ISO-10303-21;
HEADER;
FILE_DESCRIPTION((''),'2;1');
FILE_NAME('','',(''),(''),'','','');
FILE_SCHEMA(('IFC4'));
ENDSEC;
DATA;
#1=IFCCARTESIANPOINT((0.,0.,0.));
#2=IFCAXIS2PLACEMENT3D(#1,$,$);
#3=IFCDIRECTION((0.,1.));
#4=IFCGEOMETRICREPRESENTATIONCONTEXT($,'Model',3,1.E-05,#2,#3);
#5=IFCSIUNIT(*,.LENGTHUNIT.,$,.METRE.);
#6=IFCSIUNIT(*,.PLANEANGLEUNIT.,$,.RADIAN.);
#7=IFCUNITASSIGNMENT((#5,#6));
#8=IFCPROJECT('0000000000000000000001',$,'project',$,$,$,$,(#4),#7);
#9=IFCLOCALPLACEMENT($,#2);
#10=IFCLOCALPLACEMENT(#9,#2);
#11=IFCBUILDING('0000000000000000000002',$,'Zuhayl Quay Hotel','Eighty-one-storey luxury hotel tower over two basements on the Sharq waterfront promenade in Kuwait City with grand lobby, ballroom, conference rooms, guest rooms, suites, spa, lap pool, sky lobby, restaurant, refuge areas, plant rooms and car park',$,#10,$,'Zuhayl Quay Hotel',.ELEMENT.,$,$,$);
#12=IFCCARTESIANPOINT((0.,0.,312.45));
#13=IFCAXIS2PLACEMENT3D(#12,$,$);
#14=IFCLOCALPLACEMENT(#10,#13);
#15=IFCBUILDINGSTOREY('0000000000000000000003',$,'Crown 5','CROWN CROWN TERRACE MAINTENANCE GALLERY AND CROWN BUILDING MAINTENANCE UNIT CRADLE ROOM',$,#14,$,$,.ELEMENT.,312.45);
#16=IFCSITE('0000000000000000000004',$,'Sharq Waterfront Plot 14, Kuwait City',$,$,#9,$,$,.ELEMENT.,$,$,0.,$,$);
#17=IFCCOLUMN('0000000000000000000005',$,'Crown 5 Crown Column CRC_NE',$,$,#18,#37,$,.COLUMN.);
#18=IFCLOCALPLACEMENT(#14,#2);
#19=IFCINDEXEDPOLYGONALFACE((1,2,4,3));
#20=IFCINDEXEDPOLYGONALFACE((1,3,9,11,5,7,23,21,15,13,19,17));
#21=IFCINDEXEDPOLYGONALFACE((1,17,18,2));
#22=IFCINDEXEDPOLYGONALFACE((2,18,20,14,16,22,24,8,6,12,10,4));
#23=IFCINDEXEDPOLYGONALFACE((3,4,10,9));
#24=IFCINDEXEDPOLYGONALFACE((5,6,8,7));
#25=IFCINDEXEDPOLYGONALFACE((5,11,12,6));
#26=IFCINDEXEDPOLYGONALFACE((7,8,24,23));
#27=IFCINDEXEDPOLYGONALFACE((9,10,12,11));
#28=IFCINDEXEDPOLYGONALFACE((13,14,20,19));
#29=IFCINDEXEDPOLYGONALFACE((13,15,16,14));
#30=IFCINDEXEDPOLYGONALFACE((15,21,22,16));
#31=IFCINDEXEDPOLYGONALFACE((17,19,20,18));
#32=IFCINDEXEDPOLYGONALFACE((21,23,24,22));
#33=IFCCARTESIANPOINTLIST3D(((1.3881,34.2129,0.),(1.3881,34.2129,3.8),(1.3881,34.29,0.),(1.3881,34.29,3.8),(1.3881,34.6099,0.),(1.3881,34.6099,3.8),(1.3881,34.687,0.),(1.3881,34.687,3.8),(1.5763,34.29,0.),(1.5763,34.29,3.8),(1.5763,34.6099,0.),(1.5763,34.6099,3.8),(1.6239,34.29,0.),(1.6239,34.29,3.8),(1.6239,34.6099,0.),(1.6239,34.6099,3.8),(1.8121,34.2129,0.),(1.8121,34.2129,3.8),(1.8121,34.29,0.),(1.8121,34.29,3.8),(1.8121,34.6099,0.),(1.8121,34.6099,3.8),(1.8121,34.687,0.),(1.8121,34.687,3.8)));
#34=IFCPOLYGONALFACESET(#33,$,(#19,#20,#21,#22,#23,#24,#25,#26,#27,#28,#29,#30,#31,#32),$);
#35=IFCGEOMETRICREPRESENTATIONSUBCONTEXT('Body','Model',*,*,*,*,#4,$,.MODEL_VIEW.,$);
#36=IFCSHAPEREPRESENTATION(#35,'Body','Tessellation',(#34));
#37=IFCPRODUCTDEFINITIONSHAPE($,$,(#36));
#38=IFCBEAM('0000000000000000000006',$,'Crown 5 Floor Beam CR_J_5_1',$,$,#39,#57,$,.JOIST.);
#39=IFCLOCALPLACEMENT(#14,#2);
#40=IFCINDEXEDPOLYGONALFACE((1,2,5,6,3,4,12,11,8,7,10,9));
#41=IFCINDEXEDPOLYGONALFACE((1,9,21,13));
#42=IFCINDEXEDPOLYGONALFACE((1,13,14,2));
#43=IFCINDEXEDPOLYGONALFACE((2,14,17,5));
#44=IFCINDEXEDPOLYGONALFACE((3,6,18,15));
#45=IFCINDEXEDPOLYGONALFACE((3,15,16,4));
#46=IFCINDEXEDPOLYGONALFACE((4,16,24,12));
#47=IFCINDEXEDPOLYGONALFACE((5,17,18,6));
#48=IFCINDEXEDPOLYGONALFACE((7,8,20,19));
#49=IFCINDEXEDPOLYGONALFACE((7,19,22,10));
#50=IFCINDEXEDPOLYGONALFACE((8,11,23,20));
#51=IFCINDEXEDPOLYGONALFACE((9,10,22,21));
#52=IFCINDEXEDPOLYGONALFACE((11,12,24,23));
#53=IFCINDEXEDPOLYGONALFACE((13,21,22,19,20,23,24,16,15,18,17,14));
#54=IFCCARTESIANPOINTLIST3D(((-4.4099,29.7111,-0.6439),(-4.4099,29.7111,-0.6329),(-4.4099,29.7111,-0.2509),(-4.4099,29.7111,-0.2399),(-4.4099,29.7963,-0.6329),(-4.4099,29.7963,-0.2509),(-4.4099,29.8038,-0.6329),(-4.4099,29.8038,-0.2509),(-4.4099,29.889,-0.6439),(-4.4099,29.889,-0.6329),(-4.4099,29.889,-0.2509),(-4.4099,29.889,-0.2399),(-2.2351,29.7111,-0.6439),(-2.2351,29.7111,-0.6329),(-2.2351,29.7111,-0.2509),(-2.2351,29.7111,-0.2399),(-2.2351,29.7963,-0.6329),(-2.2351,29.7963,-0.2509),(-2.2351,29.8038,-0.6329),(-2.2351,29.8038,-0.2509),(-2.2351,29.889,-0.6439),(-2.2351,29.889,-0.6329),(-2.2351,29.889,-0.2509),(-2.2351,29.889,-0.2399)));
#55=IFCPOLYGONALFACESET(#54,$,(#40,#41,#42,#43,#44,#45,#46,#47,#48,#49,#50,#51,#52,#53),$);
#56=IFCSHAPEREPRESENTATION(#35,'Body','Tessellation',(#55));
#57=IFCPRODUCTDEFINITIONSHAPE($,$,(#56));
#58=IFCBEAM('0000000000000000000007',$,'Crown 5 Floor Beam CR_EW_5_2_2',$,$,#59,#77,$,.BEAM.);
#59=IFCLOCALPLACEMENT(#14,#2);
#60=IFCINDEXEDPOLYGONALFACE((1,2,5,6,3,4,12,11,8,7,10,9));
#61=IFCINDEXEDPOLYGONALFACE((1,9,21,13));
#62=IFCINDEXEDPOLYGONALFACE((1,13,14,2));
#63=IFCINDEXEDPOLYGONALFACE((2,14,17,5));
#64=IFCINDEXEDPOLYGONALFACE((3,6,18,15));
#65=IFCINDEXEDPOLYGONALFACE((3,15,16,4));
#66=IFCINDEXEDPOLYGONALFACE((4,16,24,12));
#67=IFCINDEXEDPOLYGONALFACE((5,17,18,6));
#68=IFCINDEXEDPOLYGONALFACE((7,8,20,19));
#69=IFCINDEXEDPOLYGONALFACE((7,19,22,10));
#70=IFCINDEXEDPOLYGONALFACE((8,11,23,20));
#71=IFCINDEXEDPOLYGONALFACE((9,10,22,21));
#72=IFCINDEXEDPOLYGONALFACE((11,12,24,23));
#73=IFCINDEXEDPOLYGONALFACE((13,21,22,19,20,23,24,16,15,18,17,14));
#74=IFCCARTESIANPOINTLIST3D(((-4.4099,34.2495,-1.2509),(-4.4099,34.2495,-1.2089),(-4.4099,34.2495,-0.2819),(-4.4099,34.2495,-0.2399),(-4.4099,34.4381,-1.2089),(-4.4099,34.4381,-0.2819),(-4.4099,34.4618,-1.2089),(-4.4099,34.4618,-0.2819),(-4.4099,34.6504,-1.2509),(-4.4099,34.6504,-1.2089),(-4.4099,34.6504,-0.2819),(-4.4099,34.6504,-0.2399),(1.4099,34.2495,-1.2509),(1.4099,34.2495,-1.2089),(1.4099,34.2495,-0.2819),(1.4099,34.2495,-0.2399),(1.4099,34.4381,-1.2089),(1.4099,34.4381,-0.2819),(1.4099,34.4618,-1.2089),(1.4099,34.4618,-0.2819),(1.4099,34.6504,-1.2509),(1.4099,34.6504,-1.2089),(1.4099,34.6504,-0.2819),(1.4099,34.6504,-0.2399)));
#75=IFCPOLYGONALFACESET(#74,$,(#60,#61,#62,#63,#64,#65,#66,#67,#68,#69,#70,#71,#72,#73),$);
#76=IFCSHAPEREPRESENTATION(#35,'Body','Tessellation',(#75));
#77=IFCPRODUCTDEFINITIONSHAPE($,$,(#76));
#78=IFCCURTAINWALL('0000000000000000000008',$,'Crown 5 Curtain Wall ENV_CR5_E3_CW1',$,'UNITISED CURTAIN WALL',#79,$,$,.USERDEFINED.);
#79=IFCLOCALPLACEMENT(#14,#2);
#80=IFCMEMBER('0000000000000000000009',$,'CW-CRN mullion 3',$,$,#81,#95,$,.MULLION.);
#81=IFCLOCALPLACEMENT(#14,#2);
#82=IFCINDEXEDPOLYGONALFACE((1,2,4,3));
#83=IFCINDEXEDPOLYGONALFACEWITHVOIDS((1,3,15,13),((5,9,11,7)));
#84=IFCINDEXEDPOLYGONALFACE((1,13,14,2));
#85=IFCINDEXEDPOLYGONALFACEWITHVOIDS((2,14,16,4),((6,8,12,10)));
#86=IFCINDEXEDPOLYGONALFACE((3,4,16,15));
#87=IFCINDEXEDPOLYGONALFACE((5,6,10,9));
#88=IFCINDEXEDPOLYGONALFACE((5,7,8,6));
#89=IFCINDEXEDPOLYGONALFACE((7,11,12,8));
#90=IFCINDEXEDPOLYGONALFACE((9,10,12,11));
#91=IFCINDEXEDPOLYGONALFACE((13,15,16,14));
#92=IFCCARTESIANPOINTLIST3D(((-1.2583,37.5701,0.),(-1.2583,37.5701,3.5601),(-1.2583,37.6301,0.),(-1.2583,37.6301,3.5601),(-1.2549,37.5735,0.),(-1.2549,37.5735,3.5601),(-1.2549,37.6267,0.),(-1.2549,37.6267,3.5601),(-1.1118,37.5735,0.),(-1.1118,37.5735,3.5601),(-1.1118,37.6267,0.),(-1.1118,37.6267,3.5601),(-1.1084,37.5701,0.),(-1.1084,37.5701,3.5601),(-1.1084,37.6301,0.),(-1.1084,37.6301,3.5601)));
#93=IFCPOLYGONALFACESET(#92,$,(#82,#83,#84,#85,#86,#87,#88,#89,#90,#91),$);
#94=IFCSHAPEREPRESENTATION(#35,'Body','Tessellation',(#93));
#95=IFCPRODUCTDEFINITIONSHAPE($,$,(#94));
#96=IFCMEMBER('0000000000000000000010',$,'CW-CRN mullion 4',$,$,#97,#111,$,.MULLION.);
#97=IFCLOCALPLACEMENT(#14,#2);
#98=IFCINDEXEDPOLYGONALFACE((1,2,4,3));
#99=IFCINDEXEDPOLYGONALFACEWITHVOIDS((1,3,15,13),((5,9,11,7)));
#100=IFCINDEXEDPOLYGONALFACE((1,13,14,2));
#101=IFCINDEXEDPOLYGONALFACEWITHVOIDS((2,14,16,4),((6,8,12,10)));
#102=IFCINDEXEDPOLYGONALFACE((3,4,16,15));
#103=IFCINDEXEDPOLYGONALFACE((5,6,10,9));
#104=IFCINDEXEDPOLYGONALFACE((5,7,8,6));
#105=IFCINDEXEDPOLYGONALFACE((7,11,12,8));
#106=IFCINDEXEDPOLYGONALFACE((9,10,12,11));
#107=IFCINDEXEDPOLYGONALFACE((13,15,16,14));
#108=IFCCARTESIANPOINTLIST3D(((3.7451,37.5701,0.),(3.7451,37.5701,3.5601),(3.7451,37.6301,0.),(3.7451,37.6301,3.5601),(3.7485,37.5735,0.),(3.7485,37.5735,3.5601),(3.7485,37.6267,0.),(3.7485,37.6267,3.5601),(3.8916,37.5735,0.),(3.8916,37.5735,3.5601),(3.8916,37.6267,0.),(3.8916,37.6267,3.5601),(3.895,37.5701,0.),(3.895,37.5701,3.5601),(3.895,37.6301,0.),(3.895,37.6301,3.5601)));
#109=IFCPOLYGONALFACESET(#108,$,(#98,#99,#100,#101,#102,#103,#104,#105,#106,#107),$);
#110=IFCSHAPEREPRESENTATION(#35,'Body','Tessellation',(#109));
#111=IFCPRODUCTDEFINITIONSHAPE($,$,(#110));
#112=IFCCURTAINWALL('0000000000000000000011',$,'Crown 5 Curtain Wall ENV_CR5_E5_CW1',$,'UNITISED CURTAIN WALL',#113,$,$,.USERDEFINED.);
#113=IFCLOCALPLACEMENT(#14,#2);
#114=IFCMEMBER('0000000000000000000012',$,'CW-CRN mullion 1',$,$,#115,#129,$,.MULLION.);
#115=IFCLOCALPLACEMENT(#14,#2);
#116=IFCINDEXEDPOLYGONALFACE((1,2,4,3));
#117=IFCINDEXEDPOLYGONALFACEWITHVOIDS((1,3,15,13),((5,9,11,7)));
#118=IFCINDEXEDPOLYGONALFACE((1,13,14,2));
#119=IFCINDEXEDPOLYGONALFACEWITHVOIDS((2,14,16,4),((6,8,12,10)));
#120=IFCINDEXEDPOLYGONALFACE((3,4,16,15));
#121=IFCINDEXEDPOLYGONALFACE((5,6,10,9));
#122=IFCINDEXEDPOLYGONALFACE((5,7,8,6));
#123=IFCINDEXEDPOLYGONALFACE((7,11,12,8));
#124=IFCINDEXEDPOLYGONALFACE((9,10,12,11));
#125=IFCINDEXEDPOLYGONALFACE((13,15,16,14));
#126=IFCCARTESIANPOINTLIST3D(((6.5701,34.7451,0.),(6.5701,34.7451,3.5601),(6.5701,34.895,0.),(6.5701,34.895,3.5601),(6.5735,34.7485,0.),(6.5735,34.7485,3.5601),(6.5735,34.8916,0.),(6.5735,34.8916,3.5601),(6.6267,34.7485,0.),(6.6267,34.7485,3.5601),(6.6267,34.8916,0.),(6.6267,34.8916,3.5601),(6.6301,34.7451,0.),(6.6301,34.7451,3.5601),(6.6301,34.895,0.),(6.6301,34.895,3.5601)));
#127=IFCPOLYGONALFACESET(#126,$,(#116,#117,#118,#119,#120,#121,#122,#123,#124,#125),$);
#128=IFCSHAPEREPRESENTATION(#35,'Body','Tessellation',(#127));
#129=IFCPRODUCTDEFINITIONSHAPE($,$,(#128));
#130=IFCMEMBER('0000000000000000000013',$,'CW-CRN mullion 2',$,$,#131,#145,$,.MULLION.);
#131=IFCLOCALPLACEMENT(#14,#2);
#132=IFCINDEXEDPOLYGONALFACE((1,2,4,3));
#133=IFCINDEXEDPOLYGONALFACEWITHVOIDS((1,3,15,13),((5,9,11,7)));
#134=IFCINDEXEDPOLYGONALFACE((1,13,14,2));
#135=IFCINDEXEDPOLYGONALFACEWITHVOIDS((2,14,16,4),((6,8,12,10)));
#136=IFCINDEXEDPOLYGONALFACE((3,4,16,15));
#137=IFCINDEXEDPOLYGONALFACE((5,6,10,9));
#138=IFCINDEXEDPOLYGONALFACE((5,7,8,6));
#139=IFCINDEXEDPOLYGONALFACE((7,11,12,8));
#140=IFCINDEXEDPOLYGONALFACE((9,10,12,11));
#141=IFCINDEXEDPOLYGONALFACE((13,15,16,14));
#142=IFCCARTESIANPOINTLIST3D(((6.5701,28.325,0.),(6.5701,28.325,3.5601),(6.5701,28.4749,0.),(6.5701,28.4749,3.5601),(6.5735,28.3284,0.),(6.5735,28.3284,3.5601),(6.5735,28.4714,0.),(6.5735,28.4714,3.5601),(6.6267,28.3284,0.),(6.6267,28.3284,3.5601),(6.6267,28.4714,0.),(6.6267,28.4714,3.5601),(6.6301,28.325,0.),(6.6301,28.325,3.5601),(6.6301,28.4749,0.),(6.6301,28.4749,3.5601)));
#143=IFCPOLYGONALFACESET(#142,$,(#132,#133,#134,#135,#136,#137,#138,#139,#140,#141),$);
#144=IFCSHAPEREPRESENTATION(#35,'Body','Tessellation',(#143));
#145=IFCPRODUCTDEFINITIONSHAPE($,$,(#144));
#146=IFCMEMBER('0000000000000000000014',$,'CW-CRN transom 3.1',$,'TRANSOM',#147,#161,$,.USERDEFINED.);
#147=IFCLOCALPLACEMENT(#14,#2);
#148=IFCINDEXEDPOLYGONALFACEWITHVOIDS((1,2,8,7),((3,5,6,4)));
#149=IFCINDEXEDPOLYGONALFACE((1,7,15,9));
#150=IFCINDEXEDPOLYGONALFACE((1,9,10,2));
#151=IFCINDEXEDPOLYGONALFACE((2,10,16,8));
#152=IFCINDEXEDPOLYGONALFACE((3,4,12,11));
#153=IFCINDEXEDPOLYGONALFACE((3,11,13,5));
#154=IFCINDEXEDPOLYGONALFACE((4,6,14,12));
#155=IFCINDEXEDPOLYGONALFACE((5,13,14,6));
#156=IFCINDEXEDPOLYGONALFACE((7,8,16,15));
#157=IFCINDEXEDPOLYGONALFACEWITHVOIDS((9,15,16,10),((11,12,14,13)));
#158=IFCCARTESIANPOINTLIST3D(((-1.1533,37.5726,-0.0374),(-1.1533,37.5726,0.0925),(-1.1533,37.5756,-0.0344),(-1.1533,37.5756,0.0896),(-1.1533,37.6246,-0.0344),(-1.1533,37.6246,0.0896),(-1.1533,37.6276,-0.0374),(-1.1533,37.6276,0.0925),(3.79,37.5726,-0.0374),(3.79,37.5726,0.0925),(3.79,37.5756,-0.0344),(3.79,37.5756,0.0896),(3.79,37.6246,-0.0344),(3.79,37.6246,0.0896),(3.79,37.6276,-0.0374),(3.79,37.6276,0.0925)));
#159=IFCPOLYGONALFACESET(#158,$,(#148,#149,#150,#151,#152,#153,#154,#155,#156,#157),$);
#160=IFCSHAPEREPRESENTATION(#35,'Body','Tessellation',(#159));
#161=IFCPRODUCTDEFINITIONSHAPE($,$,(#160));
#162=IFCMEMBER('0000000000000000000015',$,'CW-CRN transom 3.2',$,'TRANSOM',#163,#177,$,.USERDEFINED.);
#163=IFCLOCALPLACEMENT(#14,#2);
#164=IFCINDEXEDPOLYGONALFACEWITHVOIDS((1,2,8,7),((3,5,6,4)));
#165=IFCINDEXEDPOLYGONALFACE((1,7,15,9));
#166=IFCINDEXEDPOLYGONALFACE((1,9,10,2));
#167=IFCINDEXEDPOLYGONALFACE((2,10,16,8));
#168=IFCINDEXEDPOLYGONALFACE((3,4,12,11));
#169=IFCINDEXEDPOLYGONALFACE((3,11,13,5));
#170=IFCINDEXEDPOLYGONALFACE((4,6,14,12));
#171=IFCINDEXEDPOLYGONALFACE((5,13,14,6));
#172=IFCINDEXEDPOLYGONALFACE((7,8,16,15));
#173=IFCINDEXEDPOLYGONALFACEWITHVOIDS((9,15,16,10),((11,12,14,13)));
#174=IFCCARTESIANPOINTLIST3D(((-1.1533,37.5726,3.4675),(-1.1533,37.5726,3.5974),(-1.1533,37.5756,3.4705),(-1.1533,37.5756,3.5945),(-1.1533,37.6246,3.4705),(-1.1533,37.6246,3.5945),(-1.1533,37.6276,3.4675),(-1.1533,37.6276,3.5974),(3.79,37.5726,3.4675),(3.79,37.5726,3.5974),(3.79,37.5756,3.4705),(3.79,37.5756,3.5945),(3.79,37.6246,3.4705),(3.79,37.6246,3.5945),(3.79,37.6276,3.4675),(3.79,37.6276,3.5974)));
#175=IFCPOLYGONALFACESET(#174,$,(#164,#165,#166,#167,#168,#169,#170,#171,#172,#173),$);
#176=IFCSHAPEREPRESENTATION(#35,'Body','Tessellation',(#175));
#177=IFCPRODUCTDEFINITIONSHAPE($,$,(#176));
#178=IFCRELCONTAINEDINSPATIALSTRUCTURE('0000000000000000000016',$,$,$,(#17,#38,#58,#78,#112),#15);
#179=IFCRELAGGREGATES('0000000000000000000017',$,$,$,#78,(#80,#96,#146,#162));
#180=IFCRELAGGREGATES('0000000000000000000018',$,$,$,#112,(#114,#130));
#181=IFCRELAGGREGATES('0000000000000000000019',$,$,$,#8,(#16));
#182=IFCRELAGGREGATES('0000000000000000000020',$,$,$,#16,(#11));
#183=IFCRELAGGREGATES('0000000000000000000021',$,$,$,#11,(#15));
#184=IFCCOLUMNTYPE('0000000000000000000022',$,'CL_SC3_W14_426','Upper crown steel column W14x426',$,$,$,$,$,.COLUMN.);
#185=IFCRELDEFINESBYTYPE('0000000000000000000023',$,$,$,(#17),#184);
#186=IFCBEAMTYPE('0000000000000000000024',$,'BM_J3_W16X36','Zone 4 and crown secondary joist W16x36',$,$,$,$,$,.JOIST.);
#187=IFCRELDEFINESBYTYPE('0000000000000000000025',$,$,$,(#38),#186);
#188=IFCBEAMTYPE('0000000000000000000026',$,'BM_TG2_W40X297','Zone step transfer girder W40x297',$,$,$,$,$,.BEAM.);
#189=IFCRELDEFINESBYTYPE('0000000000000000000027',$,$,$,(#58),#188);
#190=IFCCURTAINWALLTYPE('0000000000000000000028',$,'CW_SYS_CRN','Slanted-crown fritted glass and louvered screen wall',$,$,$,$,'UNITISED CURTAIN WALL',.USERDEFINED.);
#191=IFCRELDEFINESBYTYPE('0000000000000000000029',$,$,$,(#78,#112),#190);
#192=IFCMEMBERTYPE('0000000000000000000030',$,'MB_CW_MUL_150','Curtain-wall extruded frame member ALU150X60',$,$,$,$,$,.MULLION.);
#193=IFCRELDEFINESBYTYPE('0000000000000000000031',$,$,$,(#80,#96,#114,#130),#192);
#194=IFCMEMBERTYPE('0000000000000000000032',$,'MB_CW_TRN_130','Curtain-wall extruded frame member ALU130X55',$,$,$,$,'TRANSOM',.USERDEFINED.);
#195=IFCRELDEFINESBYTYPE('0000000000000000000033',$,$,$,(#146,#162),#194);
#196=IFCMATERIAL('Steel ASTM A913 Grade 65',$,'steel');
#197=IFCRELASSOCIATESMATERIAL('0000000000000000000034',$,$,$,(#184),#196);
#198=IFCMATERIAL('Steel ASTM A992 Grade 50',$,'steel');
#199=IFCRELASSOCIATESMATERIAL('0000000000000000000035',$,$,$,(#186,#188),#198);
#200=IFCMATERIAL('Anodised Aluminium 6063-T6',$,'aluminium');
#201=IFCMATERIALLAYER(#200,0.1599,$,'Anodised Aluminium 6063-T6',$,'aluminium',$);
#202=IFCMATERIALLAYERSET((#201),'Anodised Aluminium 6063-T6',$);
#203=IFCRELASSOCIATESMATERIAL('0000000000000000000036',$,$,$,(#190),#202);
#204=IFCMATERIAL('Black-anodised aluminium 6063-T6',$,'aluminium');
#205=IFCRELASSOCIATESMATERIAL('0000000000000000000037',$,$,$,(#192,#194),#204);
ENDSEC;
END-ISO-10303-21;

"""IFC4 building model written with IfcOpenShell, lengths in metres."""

from ifc_helpers import new_model, si_unit, direction, frame, origin, origin_2d, place, context, subcontext, project, spatial, hollow_rectangle, i_section, extrude, material, layer, layer_set, material_profile, profile_set, type_object, element, aggregate, save


model = new_model("IFC4")

# Units and contexts
model_context = context("Model", 3, precision=1e-05, world=origin(), true_north=direction((0.0, 1.0)))
body_context = subcontext(model_context, "Body", "Model", "MODEL_VIEW")
ifc_project = project(units=[si_unit("LENGTHUNIT", "METRE"), si_unit("PLANEANGLEUNIT", "RADIAN")], contexts=[model_context])

# Site, building, storey
site_placement = place(None, origin())
site = spatial("IfcSite", under=ifc_project, at=site_placement, Name="Sharq Waterfront Plot 14, Kuwait City", CompositionType="ELEMENT", RefElevation=0.0)
building_placement = place(site_placement, origin())
building = spatial("IfcBuilding", under=site, at=building_placement, Name="Zuhayl Quay Hotel", Description="Eighty-one-storey luxury hotel tower over two basements on the Sharq waterfront promenade in Kuwait City with grand lobby, ballroom, conference rooms, guest rooms, suites, spa, lap pool, sky lobby, restaurant, refuge areas, plant rooms and car park", LongName="Zuhayl Quay Hotel", CompositionType="ELEMENT")
storey_placement = place(building_placement, frame((0.0, 0.0, 312.45)))
storey = spatial("IfcBuildingStorey", under=building, at=storey_placement, Name="Crown 5", Description="CROWN CROWN TERRACE MAINTENANCE GALLERY AND CROWN BUILDING MAINTENANCE UNIT CRADLE ROOM", CompositionType="ELEMENT", Elevation=312.45)

# Column
ifc_material_1 = material(Name="Steel ASTM A913 Grade 65", Category="steel")
ifc_material_profile_1 = material_profile(ifc_material_1, i_section(OverallWidth=0.4241, OverallDepth=0.4741, WebThickness=0.0476, FlangeThickness=0.0771, at=origin_2d()), Name="W14X426")
ifc_profile_set_1 = profile_set([ifc_material_profile_1], Name="Steel ASTM A913 Grade 65")
column_type = type_object("IfcColumnType", Name="CL_SC3_W14_426", Description="Upper crown steel column W14x426", PredefinedType="COLUMN", material=ifc_profile_set_1)
column_placement = place(storey_placement, frame((1.6001, 34.45, 0.0), z_axis=(0.0, 0.0, 1.0), x_axis=(1.0, 0.0, 0.0)))
element("IfcColumn", 1, at=column_placement, inside=storey, type_object=column_type, Name="Crown 5 Crown Column CRC_NE", PredefinedType="COLUMN", context=body_context, shape_type="SweptSolid", body=[
    extrude(i_section(OverallWidth=0.4241, OverallDepth=0.4741, WebThickness=0.0476, FlangeThickness=0.0771, at=origin_2d()), origin(), (0.0, 0.0, 1.0), 3.8),
])

# Beams
ifc_material_2 = material(Name="Steel ASTM A992 Grade 50", Category="steel")
ifc_material_profile_2 = material_profile(ifc_material_2, i_section(OverallWidth=0.178, OverallDepth=0.4041, WebThickness=0.0076, FlangeThickness=0.011, at=origin_2d()), Name="W16X36")
ifc_profile_set_2 = profile_set([ifc_material_profile_2], Name="Steel ASTM A992 Grade 50")
beam_type_1 = type_object("IfcBeamType", Name="BM_J3_W16X36", Description="Zone 4 and crown secondary joist W16x36", PredefinedType="JOIST", material=ifc_profile_set_2)
beam_1_placement = place(storey_placement, frame((-4.4099, 29.8, -0.4419), z_axis=(1.0, 0.0, 0.0), x_axis=(0.0, 1.0, 0.0)))
element("IfcBeam", 2, at=beam_1_placement, inside=storey, type_object=beam_type_1, Name="Crown 5 Floor Beam CR_J_5_1", PredefinedType="JOIST", context=body_context, shape_type="SweptSolid", body=[
    extrude(i_section(OverallWidth=0.178, OverallDepth=0.4041, WebThickness=0.0076, FlangeThickness=0.011, at=origin_2d()), origin(), (0.0, 0.0, 1.0), 2.1748),
])
ifc_material_profile_3 = material_profile(ifc_material_2, i_section(OverallWidth=0.4009, OverallDepth=1.011, WebThickness=0.0237, FlangeThickness=0.042, at=origin_2d()), Name="W40X297")
ifc_profile_set_3 = profile_set([ifc_material_profile_3], Name="Steel ASTM A992 Grade 50")
beam_type_2 = type_object("IfcBeamType", Name="BM_TG2_W40X297", Description="Zone step transfer girder W40x297", PredefinedType="BEAM", material=ifc_profile_set_3)
beam_2_placement = place(storey_placement, frame((-4.4099, 34.45, -0.7454), z_axis=(1.0, 0.0, 0.0), x_axis=(0.0, 1.0, 0.0)))
element("IfcBeam", 3, at=beam_2_placement, inside=storey, type_object=beam_type_2, Name="Crown 5 Floor Beam CR_EW_5_2_2", PredefinedType="BEAM", context=body_context, shape_type="SweptSolid", body=[
    extrude(i_section(OverallWidth=0.4009, OverallDepth=1.011, WebThickness=0.0237, FlangeThickness=0.042, at=origin_2d()), origin(), (0.0, 0.0, 1.0), 5.8198),
])

# Curtain walls, members
ifc_material_3 = material(Name="Anodised Aluminium 6063-T6", Category="aluminium")
ifc_layer_1 = layer(ifc_material_3, 0.1599, Name="Anodised Aluminium 6063-T6", Category="aluminium")
ifc_layer_set_1 = layer_set([ifc_layer_1], Name="Anodised Aluminium 6063-T6")
curtain_wall_type = type_object("IfcCurtainWallType", Name="CW_SYS_CRN", Description="Slanted-crown fritted glass and louvered screen wall", ElementType="UNITISED CURTAIN WALL", PredefinedType="USERDEFINED", material=ifc_layer_set_1)
curtain_wall_1_placement = place(storey_placement, origin())
curtain_wall_1 = element("IfcCurtainWall", 4, at=curtain_wall_1_placement, inside=storey, type_object=curtain_wall_type, Name="Crown 5 Curtain Wall ENV_CR5_E3_CW1", ObjectType="UNITISED CURTAIN WALL", PredefinedType="USERDEFINED")
ifc_material_4 = material(Name="Black-anodised aluminium 6063-T6", Category="aluminium")
ifc_material_profile_4 = material_profile(ifc_material_4, hollow_rectangle(XDim=0.0601, YDim=0.1499, WallThickness=0.0034, at=origin_2d()), Name="ALU150X60")
ifc_profile_set_4 = profile_set([ifc_material_profile_4], Name="Black-anodised aluminium 6063-T6")
member_type_1 = type_object("IfcMemberType", Name="MB_CW_MUL_150", Description="Curtain-wall extruded frame member ALU150X60", PredefinedType="MULLION", material=ifc_profile_set_4)
member_1_placement = place(storey_placement, frame((-1.1833, 37.6001, 0.0), z_axis=(0.0, 0.0, 1.0), x_axis=(0.0, 1.0, 0.0)))
member_1 = element("IfcMember", 5, at=member_1_placement, type_object=member_type_1, Name="CW-CRN mullion 3", PredefinedType="MULLION", context=body_context, shape_type="SweptSolid", body=[
    extrude(hollow_rectangle(XDim=0.0601, YDim=0.1499, WallThickness=0.0034, at=origin_2d()), origin(), (0.0, 0.0, 1.0), 3.5601),
])
member_2_placement = place(storey_placement, frame((3.8201, 37.6001, 0.0), z_axis=(0.0, 0.0, 1.0), x_axis=(0.0, 1.0, 0.0)))
member_2 = element("IfcMember", 6, at=member_2_placement, type_object=member_type_1, Name="CW-CRN mullion 4", PredefinedType="MULLION", context=body_context, shape_type="SweptSolid", body=[
    extrude(hollow_rectangle(XDim=0.0601, YDim=0.1499, WallThickness=0.0034, at=origin_2d()), origin(), (0.0, 0.0, 1.0), 3.5601),
])
curtain_wall_2_placement = place(storey_placement, origin())
curtain_wall_2 = element("IfcCurtainWall", 7, at=curtain_wall_2_placement, inside=storey, type_object=curtain_wall_type, Name="Crown 5 Curtain Wall ENV_CR5_E5_CW1", ObjectType="UNITISED CURTAIN WALL", PredefinedType="USERDEFINED")
member_3_placement = place(storey_placement, frame((6.6001, 34.8201, 0.0), z_axis=(0.0, 0.0, 1.0), x_axis=(1.0, 0.0, 0.0)))
member_3 = element("IfcMember", 8, at=member_3_placement, type_object=member_type_1, Name="CW-CRN mullion 1", PredefinedType="MULLION", context=body_context, shape_type="SweptSolid", body=[
    extrude(hollow_rectangle(XDim=0.0601, YDim=0.1499, WallThickness=0.0034, at=origin_2d()), origin(), (0.0, 0.0, 1.0), 3.5601),
])
member_4_placement = place(storey_placement, frame((6.6001, 28.3999, 0.0), z_axis=(0.0, 0.0, 1.0), x_axis=(1.0, 0.0, 0.0)))
member_4 = element("IfcMember", 9, at=member_4_placement, type_object=member_type_1, Name="CW-CRN mullion 2", PredefinedType="MULLION", context=body_context, shape_type="SweptSolid", body=[
    extrude(hollow_rectangle(XDim=0.0601, YDim=0.1499, WallThickness=0.0034, at=origin_2d()), origin(), (0.0, 0.0, 1.0), 3.5601),
])

# Members
ifc_material_profile_5 = material_profile(ifc_material_4, hollow_rectangle(XDim=0.0549, YDim=0.1299, WallThickness=0.0029, at=origin_2d()), Name="ALU130X55")
ifc_profile_set_5 = profile_set([ifc_material_profile_5], Name="Black-anodised aluminium 6063-T6")
member_type_2 = type_object("IfcMemberType", Name="MB_CW_TRN_130", Description="Curtain-wall extruded frame member ALU130X55", ElementType="TRANSOM", PredefinedType="USERDEFINED", material=ifc_profile_set_5)
member_5_placement = place(storey_placement, frame((-1.1533, 37.6001, 0.0276), z_axis=(1.0, 0.0, 0.0), x_axis=(0.0, 1.0, 0.0)))
member_5 = element("IfcMember", 10, at=member_5_placement, type_object=member_type_2, Name="CW-CRN transom 3.1", ObjectType="TRANSOM", PredefinedType="USERDEFINED", context=body_context, shape_type="SweptSolid", body=[
    extrude(hollow_rectangle(XDim=0.0549, YDim=0.1299, WallThickness=0.0029, at=origin_2d()), origin(), (0.0, 0.0, 1.0), 4.9434),
])
member_6_placement = place(storey_placement, frame((-1.1533, 37.6001, 3.5325), z_axis=(1.0, 0.0, 0.0), x_axis=(0.0, 1.0, 0.0)))
member_6 = element("IfcMember", 11, at=member_6_placement, type_object=member_type_2, Name="CW-CRN transom 3.2", ObjectType="TRANSOM", PredefinedType="USERDEFINED", context=body_context, shape_type="SweptSolid", body=[
    extrude(hollow_rectangle(XDim=0.0549, YDim=0.1299, WallThickness=0.0029, at=origin_2d()), origin(), (0.0, 0.0, 1.0), 4.9434),
])

aggregate(curtain_wall_1, [member_1, member_2, member_5, member_6])
aggregate(curtain_wall_2, [member_3, member_4])

save(model, "model.ifc")
